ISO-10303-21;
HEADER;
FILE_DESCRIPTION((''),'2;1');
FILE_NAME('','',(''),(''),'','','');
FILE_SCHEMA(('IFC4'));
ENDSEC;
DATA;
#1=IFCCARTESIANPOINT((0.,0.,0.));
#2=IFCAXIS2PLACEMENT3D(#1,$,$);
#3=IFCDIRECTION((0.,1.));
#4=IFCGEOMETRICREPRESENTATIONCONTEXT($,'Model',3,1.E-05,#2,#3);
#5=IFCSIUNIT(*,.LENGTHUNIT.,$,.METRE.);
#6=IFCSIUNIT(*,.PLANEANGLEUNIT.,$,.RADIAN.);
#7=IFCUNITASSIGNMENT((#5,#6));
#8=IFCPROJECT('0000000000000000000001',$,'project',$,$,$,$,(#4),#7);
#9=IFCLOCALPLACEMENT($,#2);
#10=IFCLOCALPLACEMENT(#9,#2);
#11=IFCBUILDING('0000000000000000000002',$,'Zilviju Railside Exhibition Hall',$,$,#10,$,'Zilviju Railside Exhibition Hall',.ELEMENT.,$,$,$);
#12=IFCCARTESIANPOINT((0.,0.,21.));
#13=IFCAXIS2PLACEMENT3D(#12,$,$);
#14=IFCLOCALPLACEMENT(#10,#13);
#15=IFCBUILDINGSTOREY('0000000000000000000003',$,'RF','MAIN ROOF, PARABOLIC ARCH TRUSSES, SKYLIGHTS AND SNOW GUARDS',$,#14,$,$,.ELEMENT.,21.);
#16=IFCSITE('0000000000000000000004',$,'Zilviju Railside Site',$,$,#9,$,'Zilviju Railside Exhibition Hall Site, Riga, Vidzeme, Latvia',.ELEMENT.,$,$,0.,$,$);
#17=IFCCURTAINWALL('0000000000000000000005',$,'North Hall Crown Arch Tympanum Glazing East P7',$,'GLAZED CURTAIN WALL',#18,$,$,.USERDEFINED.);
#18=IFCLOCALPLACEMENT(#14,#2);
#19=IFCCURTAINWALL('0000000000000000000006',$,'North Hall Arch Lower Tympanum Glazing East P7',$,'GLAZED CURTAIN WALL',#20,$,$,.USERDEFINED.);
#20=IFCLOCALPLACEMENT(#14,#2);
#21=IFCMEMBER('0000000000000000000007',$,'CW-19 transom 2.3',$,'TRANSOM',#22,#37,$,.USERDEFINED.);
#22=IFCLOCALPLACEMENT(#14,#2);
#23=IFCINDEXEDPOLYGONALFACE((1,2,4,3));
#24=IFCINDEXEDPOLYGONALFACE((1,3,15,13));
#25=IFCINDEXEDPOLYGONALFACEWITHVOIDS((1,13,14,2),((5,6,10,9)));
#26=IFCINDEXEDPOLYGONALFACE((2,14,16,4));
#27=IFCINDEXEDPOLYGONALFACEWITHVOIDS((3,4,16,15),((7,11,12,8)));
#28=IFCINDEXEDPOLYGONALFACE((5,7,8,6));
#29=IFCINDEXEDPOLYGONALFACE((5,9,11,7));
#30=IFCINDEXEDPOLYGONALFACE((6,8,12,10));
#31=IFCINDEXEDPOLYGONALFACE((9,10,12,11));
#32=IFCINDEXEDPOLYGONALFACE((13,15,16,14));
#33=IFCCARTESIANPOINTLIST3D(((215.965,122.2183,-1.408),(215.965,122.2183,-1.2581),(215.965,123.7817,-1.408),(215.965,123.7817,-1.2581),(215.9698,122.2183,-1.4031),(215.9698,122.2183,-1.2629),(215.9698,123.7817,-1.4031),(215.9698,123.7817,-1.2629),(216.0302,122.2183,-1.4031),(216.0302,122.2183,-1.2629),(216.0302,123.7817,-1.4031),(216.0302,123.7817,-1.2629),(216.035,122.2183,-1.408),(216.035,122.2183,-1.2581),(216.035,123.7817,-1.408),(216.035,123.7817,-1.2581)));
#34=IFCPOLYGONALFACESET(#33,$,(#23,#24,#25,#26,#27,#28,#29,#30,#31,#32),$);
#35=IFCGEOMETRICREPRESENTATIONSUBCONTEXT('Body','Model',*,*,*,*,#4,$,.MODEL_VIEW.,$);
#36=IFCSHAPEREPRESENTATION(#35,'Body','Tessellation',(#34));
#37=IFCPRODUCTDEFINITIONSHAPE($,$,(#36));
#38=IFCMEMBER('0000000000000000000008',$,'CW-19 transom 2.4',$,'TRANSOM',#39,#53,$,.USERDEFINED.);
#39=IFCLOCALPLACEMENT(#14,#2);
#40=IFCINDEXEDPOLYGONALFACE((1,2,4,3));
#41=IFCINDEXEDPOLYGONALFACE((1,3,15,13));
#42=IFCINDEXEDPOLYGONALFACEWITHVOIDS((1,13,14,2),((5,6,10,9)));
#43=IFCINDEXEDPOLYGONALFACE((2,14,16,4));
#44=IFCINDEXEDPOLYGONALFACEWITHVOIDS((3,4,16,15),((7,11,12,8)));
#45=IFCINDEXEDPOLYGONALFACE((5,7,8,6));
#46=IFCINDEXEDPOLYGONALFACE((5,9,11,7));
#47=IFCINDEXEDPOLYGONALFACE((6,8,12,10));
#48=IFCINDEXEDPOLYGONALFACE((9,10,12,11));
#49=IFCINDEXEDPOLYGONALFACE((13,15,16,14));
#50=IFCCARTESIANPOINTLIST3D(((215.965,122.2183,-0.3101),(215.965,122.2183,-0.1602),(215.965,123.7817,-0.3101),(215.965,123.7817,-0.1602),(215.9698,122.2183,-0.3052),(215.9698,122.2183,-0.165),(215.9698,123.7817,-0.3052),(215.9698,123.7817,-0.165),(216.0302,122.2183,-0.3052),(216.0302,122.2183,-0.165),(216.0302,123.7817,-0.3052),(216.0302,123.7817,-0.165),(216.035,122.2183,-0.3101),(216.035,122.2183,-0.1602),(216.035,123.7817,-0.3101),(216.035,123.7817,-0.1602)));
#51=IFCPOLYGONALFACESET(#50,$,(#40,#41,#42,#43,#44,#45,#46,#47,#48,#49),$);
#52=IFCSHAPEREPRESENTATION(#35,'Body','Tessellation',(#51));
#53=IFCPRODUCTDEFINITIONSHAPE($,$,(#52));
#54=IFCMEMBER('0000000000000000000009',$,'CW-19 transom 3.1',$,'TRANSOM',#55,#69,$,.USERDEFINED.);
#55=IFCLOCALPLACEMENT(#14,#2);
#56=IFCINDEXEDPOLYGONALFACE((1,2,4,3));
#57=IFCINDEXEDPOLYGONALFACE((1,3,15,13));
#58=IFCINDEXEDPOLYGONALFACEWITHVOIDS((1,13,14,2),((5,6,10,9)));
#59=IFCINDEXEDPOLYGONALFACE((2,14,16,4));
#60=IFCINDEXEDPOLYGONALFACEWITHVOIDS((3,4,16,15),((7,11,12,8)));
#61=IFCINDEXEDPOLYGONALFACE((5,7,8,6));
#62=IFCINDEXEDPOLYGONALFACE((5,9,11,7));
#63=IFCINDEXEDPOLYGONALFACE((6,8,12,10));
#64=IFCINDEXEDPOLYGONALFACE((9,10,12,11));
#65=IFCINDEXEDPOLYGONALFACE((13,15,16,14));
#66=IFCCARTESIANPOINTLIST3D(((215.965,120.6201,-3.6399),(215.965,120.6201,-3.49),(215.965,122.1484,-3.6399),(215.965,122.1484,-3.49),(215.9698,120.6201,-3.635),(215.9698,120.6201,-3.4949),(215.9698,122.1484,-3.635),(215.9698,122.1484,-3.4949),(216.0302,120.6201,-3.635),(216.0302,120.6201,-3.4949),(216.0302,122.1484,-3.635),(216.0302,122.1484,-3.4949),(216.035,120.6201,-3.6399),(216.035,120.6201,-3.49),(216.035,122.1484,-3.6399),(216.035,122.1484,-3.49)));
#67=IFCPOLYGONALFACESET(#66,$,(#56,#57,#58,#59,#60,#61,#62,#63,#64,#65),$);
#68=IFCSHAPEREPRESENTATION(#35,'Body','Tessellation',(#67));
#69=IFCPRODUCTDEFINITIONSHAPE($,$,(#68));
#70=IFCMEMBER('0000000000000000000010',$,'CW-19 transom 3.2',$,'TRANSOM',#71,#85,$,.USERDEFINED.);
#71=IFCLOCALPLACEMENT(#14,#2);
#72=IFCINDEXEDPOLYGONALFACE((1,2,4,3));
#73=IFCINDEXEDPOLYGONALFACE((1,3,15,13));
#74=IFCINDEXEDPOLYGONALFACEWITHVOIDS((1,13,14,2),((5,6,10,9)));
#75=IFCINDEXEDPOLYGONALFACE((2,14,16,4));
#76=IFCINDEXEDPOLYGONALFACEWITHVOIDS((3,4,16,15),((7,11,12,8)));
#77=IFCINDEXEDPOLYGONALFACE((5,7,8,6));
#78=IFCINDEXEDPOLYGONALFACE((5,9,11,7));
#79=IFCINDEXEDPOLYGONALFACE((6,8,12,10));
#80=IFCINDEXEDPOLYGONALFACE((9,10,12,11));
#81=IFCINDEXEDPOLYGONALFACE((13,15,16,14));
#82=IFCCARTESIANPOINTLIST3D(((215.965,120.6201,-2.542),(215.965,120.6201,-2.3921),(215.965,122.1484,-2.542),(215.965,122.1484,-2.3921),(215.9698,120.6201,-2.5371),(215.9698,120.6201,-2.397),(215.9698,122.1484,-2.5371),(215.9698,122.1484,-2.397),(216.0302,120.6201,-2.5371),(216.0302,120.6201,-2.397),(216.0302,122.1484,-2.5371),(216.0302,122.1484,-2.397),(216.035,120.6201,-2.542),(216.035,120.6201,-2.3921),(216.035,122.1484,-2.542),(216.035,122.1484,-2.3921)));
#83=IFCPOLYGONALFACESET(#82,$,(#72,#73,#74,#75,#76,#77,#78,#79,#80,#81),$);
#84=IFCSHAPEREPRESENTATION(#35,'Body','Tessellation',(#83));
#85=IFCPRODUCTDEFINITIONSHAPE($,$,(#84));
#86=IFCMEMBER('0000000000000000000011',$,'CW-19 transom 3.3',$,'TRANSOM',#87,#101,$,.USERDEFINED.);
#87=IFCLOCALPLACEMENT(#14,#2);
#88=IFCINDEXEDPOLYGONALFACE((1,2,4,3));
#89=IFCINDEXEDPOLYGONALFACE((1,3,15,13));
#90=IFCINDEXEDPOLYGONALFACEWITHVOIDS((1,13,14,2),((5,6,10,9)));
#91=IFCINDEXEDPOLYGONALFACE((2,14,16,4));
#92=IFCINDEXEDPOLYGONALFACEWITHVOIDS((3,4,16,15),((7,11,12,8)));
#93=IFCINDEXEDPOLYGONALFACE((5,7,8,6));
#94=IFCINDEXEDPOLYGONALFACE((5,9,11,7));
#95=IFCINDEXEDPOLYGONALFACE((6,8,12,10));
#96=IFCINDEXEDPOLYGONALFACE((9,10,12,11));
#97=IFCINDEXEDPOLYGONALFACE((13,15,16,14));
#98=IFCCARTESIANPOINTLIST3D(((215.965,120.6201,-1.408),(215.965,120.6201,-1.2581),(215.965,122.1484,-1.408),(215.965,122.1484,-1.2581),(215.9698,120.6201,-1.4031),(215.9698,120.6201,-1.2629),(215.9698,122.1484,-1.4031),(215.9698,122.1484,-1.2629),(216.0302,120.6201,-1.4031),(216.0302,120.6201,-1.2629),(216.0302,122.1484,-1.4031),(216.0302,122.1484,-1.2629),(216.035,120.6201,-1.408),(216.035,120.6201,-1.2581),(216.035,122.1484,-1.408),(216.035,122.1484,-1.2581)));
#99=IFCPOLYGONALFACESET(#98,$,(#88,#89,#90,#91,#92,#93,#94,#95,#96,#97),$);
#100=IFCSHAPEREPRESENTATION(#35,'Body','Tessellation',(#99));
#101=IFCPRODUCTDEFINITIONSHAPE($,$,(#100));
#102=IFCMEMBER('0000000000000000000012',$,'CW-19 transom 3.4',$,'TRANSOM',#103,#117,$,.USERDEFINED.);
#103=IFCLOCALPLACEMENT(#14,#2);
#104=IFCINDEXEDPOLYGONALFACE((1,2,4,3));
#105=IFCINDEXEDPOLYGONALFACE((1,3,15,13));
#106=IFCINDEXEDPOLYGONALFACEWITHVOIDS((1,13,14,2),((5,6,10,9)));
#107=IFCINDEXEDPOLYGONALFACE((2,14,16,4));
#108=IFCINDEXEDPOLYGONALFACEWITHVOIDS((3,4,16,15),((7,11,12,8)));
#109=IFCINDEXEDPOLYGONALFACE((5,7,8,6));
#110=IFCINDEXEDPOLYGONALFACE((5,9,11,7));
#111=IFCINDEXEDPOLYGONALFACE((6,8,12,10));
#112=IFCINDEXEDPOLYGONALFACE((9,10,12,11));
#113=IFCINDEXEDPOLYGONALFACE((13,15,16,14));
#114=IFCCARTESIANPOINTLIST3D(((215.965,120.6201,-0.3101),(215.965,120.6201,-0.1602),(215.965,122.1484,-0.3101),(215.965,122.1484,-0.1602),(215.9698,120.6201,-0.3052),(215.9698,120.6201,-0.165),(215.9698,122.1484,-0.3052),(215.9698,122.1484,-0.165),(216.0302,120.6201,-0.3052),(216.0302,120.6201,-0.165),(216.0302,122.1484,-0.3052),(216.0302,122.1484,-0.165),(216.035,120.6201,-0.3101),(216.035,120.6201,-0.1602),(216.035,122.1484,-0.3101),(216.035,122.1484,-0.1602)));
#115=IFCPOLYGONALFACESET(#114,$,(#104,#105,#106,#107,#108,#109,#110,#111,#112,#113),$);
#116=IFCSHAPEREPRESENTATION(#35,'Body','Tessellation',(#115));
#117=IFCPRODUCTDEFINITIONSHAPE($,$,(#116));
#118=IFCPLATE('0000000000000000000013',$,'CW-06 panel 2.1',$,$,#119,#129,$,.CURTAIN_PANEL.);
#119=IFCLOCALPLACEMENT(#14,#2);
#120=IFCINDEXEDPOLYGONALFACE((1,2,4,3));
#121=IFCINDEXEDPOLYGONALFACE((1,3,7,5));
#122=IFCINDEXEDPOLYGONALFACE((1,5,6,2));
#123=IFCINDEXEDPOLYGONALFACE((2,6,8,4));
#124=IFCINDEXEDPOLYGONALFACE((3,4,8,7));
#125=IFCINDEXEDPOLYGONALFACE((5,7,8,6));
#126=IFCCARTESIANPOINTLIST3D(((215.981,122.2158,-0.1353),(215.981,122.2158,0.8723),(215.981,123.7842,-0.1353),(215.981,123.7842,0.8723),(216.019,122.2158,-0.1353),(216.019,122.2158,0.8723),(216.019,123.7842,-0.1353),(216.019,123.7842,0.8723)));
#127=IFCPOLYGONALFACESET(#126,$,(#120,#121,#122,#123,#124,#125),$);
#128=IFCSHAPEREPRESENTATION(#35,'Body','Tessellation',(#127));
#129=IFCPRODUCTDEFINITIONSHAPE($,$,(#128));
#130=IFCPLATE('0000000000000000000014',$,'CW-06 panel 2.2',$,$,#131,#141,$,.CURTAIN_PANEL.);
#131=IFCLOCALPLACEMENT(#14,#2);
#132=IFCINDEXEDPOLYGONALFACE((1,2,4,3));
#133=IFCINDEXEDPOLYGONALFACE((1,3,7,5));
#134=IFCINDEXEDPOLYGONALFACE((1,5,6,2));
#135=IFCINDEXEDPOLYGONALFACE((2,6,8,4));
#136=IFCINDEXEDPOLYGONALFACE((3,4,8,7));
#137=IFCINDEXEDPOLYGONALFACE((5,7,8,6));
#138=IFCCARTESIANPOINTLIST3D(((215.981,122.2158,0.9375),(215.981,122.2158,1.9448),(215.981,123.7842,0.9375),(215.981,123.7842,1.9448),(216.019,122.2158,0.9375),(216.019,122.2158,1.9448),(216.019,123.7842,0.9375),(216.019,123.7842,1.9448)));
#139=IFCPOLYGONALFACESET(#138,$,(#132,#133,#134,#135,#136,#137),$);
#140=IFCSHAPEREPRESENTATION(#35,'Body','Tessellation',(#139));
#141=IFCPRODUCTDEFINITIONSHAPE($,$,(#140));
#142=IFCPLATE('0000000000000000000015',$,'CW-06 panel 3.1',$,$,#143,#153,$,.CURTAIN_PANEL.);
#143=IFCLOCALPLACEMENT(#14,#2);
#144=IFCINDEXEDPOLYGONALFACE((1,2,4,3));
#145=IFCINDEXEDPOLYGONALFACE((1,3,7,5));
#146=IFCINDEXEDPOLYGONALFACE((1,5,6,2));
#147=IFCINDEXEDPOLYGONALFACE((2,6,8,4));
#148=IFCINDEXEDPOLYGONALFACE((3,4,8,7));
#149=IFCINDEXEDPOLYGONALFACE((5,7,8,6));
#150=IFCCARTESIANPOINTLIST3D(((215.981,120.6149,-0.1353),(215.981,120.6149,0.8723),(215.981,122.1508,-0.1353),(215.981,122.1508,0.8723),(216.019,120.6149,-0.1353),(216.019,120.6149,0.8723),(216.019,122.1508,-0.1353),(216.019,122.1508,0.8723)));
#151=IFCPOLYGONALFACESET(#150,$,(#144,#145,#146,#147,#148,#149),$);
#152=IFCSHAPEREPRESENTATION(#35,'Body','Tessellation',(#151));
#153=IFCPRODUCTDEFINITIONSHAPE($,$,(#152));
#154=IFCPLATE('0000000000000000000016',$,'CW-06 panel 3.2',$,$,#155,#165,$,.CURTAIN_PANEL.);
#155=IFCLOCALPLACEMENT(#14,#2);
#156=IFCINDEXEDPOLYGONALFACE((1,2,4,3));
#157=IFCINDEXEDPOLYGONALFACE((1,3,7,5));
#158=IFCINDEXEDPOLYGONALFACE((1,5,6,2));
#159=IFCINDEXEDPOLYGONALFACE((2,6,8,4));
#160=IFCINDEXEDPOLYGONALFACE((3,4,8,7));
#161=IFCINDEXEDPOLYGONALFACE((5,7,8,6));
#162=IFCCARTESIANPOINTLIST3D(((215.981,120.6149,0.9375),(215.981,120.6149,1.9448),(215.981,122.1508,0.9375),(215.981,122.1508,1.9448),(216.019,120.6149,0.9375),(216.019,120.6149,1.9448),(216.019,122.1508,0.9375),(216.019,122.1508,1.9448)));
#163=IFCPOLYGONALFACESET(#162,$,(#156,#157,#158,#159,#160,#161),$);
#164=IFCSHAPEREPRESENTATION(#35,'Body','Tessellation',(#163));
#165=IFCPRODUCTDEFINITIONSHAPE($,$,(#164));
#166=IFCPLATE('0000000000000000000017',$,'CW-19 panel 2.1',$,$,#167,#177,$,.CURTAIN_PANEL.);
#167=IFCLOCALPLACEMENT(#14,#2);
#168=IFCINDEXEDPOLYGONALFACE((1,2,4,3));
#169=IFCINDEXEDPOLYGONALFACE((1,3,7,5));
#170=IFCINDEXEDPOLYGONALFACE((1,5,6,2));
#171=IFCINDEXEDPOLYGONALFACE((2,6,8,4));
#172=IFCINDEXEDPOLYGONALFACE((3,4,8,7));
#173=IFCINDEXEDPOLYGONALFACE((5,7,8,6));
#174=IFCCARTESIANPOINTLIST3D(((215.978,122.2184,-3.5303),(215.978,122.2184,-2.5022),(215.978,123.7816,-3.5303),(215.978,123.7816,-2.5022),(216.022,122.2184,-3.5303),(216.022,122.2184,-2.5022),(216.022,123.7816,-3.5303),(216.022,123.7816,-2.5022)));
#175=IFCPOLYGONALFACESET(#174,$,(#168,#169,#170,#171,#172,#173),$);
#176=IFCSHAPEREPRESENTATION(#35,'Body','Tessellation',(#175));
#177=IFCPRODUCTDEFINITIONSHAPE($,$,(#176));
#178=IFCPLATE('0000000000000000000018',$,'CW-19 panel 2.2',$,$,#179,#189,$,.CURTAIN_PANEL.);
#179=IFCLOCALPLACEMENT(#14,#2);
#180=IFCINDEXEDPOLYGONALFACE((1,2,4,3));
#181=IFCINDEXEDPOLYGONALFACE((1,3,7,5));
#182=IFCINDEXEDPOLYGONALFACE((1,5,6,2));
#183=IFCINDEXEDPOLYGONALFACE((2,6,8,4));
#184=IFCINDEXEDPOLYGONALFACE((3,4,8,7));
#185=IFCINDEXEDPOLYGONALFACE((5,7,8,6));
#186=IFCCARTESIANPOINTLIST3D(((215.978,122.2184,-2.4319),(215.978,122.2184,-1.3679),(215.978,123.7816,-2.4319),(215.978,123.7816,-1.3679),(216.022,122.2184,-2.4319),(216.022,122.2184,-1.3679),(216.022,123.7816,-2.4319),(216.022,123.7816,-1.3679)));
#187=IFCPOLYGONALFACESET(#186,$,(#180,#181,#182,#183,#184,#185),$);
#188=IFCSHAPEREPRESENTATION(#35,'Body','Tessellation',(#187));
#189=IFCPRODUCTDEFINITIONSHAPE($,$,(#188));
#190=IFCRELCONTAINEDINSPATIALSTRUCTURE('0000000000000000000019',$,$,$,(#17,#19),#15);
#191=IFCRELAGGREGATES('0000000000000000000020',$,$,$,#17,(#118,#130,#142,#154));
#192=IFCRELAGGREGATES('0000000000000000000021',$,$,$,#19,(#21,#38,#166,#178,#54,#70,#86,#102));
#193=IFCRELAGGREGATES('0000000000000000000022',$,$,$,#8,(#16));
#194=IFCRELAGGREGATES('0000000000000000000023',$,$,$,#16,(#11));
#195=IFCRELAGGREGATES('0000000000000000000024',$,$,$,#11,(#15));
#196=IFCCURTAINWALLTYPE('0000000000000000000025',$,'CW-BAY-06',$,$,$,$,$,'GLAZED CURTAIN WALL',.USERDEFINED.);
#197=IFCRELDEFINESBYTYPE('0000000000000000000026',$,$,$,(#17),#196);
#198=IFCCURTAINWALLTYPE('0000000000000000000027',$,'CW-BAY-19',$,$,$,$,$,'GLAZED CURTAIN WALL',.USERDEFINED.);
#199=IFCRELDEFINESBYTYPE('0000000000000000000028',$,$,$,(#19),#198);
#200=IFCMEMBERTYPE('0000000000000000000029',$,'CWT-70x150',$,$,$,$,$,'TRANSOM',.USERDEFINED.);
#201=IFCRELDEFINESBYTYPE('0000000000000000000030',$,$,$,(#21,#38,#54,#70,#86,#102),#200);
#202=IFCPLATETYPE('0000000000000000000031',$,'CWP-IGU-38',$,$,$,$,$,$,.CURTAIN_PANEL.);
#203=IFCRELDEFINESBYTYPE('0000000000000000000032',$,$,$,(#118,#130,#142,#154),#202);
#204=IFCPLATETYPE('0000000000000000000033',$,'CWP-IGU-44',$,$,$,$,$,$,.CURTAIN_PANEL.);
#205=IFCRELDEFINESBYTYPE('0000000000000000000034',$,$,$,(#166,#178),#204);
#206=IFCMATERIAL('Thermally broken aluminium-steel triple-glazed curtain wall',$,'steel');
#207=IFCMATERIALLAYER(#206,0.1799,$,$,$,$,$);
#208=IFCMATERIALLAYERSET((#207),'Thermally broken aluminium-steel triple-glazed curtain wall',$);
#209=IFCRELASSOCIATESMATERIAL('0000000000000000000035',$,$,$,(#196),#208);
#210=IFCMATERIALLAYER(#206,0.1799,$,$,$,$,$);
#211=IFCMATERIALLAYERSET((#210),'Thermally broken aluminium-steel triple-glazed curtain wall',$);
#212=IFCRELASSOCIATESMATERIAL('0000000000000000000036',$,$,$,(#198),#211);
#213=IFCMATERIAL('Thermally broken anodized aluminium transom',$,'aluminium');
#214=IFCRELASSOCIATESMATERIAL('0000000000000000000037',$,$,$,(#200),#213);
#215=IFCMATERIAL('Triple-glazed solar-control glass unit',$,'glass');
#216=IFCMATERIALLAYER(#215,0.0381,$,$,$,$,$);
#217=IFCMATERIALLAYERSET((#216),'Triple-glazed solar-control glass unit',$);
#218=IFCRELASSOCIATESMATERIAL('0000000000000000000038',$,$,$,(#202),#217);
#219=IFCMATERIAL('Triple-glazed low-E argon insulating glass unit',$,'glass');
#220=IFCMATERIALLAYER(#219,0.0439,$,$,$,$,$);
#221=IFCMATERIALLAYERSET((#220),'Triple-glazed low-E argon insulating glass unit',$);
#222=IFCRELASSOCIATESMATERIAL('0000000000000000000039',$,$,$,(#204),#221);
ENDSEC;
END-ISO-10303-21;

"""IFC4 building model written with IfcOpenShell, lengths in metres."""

from ifc_helpers import new_model, si_unit, direction, frame, origin, origin_2d, place, context, subcontext, project, spatial, rectangle, hollow_rectangle, extrude, material, layer, layer_set, material_profile, profile_set, type_object, element, aggregate, save


model = new_model("IFC4")

# Units and contexts
model_context = context("Model", 3, precision=1e-05, world=origin(), true_north=direction((0.0, 1.0)))
body_context = subcontext(model_context, "Body", "Model", "MODEL_VIEW")
ifc_project = project(units=[si_unit("LENGTHUNIT", "METRE"), si_unit("PLANEANGLEUNIT", "RADIAN")], contexts=[model_context])

# Site, building, storey
site_placement = place(None, origin())
site = spatial("IfcSite", under=ifc_project, at=site_placement, Name="Zilviju Railside Site", LongName="Zilviju Railside Exhibition Hall Site, Riga, Vidzeme, Latvia", CompositionType="ELEMENT", RefElevation=0.0)
building_placement = place(site_placement, origin())
building = spatial("IfcBuilding", under=site, at=building_placement, Name="Zilviju Railside Exhibition Hall", LongName="Zilviju Railside Exhibition Hall", CompositionType="ELEMENT")
storey_placement = place(building_placement, frame((0.0, 0.0, 21.0)))
storey = spatial("IfcBuildingStorey", under=building, at=storey_placement, Name="RF", Description="MAIN ROOF, PARABOLIC ARCH TRUSSES, SKYLIGHTS AND SNOW GUARDS", CompositionType="ELEMENT", Elevation=21.0)

# Curtain walls
ifc_material_1 = material(Name="Thermally broken aluminium-steel triple-glazed curtain wall", Category="steel")
ifc_layer_1 = layer(ifc_material_1, 0.1799)
ifc_layer_set_1 = layer_set([ifc_layer_1], Name="Thermally broken aluminium-steel triple-glazed curtain wall")
curtain_wall_type_1 = type_object("IfcCurtainWallType", Name="CW-BAY-06", ElementType="GLAZED CURTAIN WALL", PredefinedType="USERDEFINED", material=ifc_layer_set_1)
curtain_wall_1_placement = place(storey_placement, origin())
curtain_wall_1 = element("IfcCurtainWall", 1, at=curtain_wall_1_placement, inside=storey, type_object=curtain_wall_type_1, Name="North Hall Crown Arch Tympanum Glazing East P7", ObjectType="GLAZED CURTAIN WALL", PredefinedType="USERDEFINED")
ifc_layer_2 = layer(ifc_material_1, 0.1799)
ifc_layer_set_2 = layer_set([ifc_layer_2], Name="Thermally broken aluminium-steel triple-glazed curtain wall")
curtain_wall_type_2 = type_object("IfcCurtainWallType", Name="CW-BAY-19", ElementType="GLAZED CURTAIN WALL", PredefinedType="USERDEFINED", material=ifc_layer_set_2)
curtain_wall_2_placement = place(storey_placement, origin())
curtain_wall_2 = element("IfcCurtainWall", 2, at=curtain_wall_2_placement, inside=storey, type_object=curtain_wall_type_2, Name="North Hall Arch Lower Tympanum Glazing East P7", ObjectType="GLAZED CURTAIN WALL", PredefinedType="USERDEFINED")

# Members
ifc_material_2 = material(Name="Thermally broken anodized aluminium transom", Category="aluminium")
ifc_material_profile_1 = material_profile(ifc_material_2, hollow_rectangle(XDim=0.0701, YDim=0.1499, WallThickness=0.0049, at=origin_2d()), Name="TRANSOM 150x70x5")
ifc_profile_set_1 = profile_set([ifc_material_profile_1], Name="Thermally broken anodized aluminium transom")
member_type_1 = type_object("IfcMemberType", Name="CWT-70x150", ElementType="TRANSOM", PredefinedType="USERDEFINED", material=ifc_profile_set_1)
member_1_placement = place(storey_placement, frame((216.0, 123.7817, -1.333), z_axis=(0.0, -1.0, 0.0), x_axis=(1.0, 0.0, 0.0)))
member_1 = element("IfcMember", 3, at=member_1_placement, type_object=member_type_1, Name="CW-19 transom 2.3", ObjectType="TRANSOM", PredefinedType="USERDEFINED", context=body_context, shape_type="SweptSolid", body=[
    extrude(hollow_rectangle(XDim=0.0701, YDim=0.1499, WallThickness=0.0049, at=origin_2d()), origin(), (0.0, 0.0, 1.0), 1.5635),
])
member_2_placement = place(storey_placement, frame((216.0, 123.7817, -0.2351), z_axis=(0.0, -1.0, 0.0), x_axis=(1.0, 0.0, 0.0)))
member_2 = element("IfcMember", 4, at=member_2_placement, type_object=member_type_1, Name="CW-19 transom 2.4", ObjectType="TRANSOM", PredefinedType="USERDEFINED", context=body_context, shape_type="SweptSolid", body=[
    extrude(hollow_rectangle(XDim=0.0701, YDim=0.1499, WallThickness=0.0049, at=origin_2d()), origin(), (0.0, 0.0, 1.0), 1.5635),
])
member_3_placement = place(storey_placement, frame((216.0, 122.1484, -3.5649), z_axis=(0.0, -1.0, 0.0), x_axis=(1.0, 0.0, 0.0)))
member_3 = element("IfcMember", 5, at=member_3_placement, type_object=member_type_1, Name="CW-19 transom 3.1", ObjectType="TRANSOM", PredefinedType="USERDEFINED", context=body_context, shape_type="SweptSolid", body=[
    extrude(hollow_rectangle(XDim=0.0701, YDim=0.1499, WallThickness=0.0049, at=origin_2d()), origin(), (0.0, 0.0, 1.0), 1.5283),
])
member_4_placement = place(storey_placement, frame((216.0, 122.1484, -2.467), z_axis=(0.0, -1.0, 0.0), x_axis=(1.0, 0.0, 0.0)))
member_4 = element("IfcMember", 6, at=member_4_placement, type_object=member_type_1, Name="CW-19 transom 3.2", ObjectType="TRANSOM", PredefinedType="USERDEFINED", context=body_context, shape_type="SweptSolid", body=[
    extrude(hollow_rectangle(XDim=0.0701, YDim=0.1499, WallThickness=0.0049, at=origin_2d()), origin(), (0.0, 0.0, 1.0), 1.5283),
])
member_5_placement = place(storey_placement, frame((216.0, 122.1484, -1.333), z_axis=(0.0, -1.0, 0.0), x_axis=(1.0, 0.0, 0.0)))
member_5 = element("IfcMember", 7, at=member_5_placement, type_object=member_type_1, Name="CW-19 transom 3.3", ObjectType="TRANSOM", PredefinedType="USERDEFINED", context=body_context, shape_type="SweptSolid", body=[
    extrude(hollow_rectangle(XDim=0.0701, YDim=0.1499, WallThickness=0.0049, at=origin_2d()), origin(), (0.0, 0.0, 1.0), 1.5283),
])
member_6_placement = place(storey_placement, frame((216.0, 122.1484, -0.2351), z_axis=(0.0, -1.0, 0.0), x_axis=(1.0, 0.0, 0.0)))
member_6 = element("IfcMember", 8, at=member_6_placement, type_object=member_type_1, Name="CW-19 transom 3.4", ObjectType="TRANSOM", PredefinedType="USERDEFINED", context=body_context, shape_type="SweptSolid", body=[
    extrude(hollow_rectangle(XDim=0.0701, YDim=0.1499, WallThickness=0.0049, at=origin_2d()), origin(), (0.0, 0.0, 1.0), 1.5283),
])

# Plates
ifc_material_3 = material(Name="Triple-glazed solar-control glass unit", Category="glass")
ifc_layer_3 = layer(ifc_material_3, 0.0381)
ifc_layer_set_3 = layer_set([ifc_layer_3], Name="Triple-glazed solar-control glass unit")
plate_type_1 = type_object("IfcPlateType", Name="CWP-IGU-38", PredefinedType="CURTAIN_PANEL", material=ifc_layer_set_3)
plate_1_placement = place(storey_placement, frame((216.0, 123.0, -0.1353), z_axis=(0.0, 0.0, 1.0), x_axis=(0.0, -1.0, 0.0)))
plate_1 = element("IfcPlate", 9, at=plate_1_placement, type_object=plate_type_1, Name="CW-06 panel 2.1", PredefinedType="CURTAIN_PANEL", context=body_context, shape_type="SweptSolid", body=[
    extrude(rectangle(XDim=1.5684, YDim=0.0381, at=origin_2d()), origin(), (0.0, 0.0, 1.0), 1.0076),
])
plate_2_placement = place(storey_placement, frame((216.0, 123.0, 0.9375), z_axis=(0.0, 0.0, 1.0), x_axis=(0.0, -1.0, 0.0)))
plate_2 = element("IfcPlate", 10, at=plate_2_placement, type_object=plate_type_1, Name="CW-06 panel 2.2", PredefinedType="CURTAIN_PANEL", context=body_context, shape_type="SweptSolid", body=[
    extrude(rectangle(XDim=1.5684, YDim=0.0381, at=origin_2d()), origin(), (0.0, 0.0, 1.0), 1.0073),
])
plate_3_placement = place(storey_placement, frame((216.0, 121.3828, -0.1353), z_axis=(0.0, 0.0, 1.0), x_axis=(0.0, -1.0, 0.0)))
plate_3 = element("IfcPlate", 11, at=plate_3_placement, type_object=plate_type_1, Name="CW-06 panel 3.1", PredefinedType="CURTAIN_PANEL", context=body_context, shape_type="SweptSolid", body=[
    extrude(rectangle(XDim=1.5359, YDim=0.0381, at=origin_2d()), origin(), (0.0, 0.0, 1.0), 1.0076),
])
plate_4_placement = place(storey_placement, frame((216.0, 121.3828, 0.9375), z_axis=(0.0, 0.0, 1.0), x_axis=(0.0, -1.0, 0.0)))
plate_4 = element("IfcPlate", 12, at=plate_4_placement, type_object=plate_type_1, Name="CW-06 panel 3.2", PredefinedType="CURTAIN_PANEL", context=body_context, shape_type="SweptSolid", body=[
    extrude(rectangle(XDim=1.5359, YDim=0.0381, at=origin_2d()), origin(), (0.0, 0.0, 1.0), 1.0073),
])
aggregate(curtain_wall_1, [plate_1, plate_2, plate_3, plate_4])
ifc_material_4 = material(Name="Triple-glazed low-E argon insulating glass unit", Category="glass")
ifc_layer_4 = layer(ifc_material_4, 0.0439)
ifc_layer_set_4 = layer_set([ifc_layer_4], Name="Triple-glazed low-E argon insulating glass unit")
plate_type_2 = type_object("IfcPlateType", Name="CWP-IGU-44", PredefinedType="CURTAIN_PANEL", material=ifc_layer_set_4)
plate_5_placement = place(storey_placement, frame((216.0, 123.0, -3.5303), z_axis=(0.0, 0.0, 1.0), x_axis=(0.0, -1.0, 0.0)))
plate_5 = element("IfcPlate", 13, at=plate_5_placement, type_object=plate_type_2, Name="CW-19 panel 2.1", PredefinedType="CURTAIN_PANEL", context=body_context, shape_type="SweptSolid", body=[
    extrude(rectangle(XDim=1.5632, YDim=0.0439, at=origin_2d()), origin(), (0.0, 0.0, 1.0), 1.0281),
])
plate_6_placement = place(storey_placement, frame((216.0, 123.0, -2.4319), z_axis=(0.0, 0.0, 1.0), x_axis=(0.0, -1.0, 0.0)))
plate_6 = element("IfcPlate", 14, at=plate_6_placement, type_object=plate_type_2, Name="CW-19 panel 2.2", PredefinedType="CURTAIN_PANEL", context=body_context, shape_type="SweptSolid", body=[
    extrude(rectangle(XDim=1.5632, YDim=0.0439, at=origin_2d()), origin(), (0.0, 0.0, 1.0), 1.064),
])
aggregate(curtain_wall_2, [member_1, member_2, plate_5, plate_6, member_3, member_4, member_5, member_6])

save(model, "model.ifc")
